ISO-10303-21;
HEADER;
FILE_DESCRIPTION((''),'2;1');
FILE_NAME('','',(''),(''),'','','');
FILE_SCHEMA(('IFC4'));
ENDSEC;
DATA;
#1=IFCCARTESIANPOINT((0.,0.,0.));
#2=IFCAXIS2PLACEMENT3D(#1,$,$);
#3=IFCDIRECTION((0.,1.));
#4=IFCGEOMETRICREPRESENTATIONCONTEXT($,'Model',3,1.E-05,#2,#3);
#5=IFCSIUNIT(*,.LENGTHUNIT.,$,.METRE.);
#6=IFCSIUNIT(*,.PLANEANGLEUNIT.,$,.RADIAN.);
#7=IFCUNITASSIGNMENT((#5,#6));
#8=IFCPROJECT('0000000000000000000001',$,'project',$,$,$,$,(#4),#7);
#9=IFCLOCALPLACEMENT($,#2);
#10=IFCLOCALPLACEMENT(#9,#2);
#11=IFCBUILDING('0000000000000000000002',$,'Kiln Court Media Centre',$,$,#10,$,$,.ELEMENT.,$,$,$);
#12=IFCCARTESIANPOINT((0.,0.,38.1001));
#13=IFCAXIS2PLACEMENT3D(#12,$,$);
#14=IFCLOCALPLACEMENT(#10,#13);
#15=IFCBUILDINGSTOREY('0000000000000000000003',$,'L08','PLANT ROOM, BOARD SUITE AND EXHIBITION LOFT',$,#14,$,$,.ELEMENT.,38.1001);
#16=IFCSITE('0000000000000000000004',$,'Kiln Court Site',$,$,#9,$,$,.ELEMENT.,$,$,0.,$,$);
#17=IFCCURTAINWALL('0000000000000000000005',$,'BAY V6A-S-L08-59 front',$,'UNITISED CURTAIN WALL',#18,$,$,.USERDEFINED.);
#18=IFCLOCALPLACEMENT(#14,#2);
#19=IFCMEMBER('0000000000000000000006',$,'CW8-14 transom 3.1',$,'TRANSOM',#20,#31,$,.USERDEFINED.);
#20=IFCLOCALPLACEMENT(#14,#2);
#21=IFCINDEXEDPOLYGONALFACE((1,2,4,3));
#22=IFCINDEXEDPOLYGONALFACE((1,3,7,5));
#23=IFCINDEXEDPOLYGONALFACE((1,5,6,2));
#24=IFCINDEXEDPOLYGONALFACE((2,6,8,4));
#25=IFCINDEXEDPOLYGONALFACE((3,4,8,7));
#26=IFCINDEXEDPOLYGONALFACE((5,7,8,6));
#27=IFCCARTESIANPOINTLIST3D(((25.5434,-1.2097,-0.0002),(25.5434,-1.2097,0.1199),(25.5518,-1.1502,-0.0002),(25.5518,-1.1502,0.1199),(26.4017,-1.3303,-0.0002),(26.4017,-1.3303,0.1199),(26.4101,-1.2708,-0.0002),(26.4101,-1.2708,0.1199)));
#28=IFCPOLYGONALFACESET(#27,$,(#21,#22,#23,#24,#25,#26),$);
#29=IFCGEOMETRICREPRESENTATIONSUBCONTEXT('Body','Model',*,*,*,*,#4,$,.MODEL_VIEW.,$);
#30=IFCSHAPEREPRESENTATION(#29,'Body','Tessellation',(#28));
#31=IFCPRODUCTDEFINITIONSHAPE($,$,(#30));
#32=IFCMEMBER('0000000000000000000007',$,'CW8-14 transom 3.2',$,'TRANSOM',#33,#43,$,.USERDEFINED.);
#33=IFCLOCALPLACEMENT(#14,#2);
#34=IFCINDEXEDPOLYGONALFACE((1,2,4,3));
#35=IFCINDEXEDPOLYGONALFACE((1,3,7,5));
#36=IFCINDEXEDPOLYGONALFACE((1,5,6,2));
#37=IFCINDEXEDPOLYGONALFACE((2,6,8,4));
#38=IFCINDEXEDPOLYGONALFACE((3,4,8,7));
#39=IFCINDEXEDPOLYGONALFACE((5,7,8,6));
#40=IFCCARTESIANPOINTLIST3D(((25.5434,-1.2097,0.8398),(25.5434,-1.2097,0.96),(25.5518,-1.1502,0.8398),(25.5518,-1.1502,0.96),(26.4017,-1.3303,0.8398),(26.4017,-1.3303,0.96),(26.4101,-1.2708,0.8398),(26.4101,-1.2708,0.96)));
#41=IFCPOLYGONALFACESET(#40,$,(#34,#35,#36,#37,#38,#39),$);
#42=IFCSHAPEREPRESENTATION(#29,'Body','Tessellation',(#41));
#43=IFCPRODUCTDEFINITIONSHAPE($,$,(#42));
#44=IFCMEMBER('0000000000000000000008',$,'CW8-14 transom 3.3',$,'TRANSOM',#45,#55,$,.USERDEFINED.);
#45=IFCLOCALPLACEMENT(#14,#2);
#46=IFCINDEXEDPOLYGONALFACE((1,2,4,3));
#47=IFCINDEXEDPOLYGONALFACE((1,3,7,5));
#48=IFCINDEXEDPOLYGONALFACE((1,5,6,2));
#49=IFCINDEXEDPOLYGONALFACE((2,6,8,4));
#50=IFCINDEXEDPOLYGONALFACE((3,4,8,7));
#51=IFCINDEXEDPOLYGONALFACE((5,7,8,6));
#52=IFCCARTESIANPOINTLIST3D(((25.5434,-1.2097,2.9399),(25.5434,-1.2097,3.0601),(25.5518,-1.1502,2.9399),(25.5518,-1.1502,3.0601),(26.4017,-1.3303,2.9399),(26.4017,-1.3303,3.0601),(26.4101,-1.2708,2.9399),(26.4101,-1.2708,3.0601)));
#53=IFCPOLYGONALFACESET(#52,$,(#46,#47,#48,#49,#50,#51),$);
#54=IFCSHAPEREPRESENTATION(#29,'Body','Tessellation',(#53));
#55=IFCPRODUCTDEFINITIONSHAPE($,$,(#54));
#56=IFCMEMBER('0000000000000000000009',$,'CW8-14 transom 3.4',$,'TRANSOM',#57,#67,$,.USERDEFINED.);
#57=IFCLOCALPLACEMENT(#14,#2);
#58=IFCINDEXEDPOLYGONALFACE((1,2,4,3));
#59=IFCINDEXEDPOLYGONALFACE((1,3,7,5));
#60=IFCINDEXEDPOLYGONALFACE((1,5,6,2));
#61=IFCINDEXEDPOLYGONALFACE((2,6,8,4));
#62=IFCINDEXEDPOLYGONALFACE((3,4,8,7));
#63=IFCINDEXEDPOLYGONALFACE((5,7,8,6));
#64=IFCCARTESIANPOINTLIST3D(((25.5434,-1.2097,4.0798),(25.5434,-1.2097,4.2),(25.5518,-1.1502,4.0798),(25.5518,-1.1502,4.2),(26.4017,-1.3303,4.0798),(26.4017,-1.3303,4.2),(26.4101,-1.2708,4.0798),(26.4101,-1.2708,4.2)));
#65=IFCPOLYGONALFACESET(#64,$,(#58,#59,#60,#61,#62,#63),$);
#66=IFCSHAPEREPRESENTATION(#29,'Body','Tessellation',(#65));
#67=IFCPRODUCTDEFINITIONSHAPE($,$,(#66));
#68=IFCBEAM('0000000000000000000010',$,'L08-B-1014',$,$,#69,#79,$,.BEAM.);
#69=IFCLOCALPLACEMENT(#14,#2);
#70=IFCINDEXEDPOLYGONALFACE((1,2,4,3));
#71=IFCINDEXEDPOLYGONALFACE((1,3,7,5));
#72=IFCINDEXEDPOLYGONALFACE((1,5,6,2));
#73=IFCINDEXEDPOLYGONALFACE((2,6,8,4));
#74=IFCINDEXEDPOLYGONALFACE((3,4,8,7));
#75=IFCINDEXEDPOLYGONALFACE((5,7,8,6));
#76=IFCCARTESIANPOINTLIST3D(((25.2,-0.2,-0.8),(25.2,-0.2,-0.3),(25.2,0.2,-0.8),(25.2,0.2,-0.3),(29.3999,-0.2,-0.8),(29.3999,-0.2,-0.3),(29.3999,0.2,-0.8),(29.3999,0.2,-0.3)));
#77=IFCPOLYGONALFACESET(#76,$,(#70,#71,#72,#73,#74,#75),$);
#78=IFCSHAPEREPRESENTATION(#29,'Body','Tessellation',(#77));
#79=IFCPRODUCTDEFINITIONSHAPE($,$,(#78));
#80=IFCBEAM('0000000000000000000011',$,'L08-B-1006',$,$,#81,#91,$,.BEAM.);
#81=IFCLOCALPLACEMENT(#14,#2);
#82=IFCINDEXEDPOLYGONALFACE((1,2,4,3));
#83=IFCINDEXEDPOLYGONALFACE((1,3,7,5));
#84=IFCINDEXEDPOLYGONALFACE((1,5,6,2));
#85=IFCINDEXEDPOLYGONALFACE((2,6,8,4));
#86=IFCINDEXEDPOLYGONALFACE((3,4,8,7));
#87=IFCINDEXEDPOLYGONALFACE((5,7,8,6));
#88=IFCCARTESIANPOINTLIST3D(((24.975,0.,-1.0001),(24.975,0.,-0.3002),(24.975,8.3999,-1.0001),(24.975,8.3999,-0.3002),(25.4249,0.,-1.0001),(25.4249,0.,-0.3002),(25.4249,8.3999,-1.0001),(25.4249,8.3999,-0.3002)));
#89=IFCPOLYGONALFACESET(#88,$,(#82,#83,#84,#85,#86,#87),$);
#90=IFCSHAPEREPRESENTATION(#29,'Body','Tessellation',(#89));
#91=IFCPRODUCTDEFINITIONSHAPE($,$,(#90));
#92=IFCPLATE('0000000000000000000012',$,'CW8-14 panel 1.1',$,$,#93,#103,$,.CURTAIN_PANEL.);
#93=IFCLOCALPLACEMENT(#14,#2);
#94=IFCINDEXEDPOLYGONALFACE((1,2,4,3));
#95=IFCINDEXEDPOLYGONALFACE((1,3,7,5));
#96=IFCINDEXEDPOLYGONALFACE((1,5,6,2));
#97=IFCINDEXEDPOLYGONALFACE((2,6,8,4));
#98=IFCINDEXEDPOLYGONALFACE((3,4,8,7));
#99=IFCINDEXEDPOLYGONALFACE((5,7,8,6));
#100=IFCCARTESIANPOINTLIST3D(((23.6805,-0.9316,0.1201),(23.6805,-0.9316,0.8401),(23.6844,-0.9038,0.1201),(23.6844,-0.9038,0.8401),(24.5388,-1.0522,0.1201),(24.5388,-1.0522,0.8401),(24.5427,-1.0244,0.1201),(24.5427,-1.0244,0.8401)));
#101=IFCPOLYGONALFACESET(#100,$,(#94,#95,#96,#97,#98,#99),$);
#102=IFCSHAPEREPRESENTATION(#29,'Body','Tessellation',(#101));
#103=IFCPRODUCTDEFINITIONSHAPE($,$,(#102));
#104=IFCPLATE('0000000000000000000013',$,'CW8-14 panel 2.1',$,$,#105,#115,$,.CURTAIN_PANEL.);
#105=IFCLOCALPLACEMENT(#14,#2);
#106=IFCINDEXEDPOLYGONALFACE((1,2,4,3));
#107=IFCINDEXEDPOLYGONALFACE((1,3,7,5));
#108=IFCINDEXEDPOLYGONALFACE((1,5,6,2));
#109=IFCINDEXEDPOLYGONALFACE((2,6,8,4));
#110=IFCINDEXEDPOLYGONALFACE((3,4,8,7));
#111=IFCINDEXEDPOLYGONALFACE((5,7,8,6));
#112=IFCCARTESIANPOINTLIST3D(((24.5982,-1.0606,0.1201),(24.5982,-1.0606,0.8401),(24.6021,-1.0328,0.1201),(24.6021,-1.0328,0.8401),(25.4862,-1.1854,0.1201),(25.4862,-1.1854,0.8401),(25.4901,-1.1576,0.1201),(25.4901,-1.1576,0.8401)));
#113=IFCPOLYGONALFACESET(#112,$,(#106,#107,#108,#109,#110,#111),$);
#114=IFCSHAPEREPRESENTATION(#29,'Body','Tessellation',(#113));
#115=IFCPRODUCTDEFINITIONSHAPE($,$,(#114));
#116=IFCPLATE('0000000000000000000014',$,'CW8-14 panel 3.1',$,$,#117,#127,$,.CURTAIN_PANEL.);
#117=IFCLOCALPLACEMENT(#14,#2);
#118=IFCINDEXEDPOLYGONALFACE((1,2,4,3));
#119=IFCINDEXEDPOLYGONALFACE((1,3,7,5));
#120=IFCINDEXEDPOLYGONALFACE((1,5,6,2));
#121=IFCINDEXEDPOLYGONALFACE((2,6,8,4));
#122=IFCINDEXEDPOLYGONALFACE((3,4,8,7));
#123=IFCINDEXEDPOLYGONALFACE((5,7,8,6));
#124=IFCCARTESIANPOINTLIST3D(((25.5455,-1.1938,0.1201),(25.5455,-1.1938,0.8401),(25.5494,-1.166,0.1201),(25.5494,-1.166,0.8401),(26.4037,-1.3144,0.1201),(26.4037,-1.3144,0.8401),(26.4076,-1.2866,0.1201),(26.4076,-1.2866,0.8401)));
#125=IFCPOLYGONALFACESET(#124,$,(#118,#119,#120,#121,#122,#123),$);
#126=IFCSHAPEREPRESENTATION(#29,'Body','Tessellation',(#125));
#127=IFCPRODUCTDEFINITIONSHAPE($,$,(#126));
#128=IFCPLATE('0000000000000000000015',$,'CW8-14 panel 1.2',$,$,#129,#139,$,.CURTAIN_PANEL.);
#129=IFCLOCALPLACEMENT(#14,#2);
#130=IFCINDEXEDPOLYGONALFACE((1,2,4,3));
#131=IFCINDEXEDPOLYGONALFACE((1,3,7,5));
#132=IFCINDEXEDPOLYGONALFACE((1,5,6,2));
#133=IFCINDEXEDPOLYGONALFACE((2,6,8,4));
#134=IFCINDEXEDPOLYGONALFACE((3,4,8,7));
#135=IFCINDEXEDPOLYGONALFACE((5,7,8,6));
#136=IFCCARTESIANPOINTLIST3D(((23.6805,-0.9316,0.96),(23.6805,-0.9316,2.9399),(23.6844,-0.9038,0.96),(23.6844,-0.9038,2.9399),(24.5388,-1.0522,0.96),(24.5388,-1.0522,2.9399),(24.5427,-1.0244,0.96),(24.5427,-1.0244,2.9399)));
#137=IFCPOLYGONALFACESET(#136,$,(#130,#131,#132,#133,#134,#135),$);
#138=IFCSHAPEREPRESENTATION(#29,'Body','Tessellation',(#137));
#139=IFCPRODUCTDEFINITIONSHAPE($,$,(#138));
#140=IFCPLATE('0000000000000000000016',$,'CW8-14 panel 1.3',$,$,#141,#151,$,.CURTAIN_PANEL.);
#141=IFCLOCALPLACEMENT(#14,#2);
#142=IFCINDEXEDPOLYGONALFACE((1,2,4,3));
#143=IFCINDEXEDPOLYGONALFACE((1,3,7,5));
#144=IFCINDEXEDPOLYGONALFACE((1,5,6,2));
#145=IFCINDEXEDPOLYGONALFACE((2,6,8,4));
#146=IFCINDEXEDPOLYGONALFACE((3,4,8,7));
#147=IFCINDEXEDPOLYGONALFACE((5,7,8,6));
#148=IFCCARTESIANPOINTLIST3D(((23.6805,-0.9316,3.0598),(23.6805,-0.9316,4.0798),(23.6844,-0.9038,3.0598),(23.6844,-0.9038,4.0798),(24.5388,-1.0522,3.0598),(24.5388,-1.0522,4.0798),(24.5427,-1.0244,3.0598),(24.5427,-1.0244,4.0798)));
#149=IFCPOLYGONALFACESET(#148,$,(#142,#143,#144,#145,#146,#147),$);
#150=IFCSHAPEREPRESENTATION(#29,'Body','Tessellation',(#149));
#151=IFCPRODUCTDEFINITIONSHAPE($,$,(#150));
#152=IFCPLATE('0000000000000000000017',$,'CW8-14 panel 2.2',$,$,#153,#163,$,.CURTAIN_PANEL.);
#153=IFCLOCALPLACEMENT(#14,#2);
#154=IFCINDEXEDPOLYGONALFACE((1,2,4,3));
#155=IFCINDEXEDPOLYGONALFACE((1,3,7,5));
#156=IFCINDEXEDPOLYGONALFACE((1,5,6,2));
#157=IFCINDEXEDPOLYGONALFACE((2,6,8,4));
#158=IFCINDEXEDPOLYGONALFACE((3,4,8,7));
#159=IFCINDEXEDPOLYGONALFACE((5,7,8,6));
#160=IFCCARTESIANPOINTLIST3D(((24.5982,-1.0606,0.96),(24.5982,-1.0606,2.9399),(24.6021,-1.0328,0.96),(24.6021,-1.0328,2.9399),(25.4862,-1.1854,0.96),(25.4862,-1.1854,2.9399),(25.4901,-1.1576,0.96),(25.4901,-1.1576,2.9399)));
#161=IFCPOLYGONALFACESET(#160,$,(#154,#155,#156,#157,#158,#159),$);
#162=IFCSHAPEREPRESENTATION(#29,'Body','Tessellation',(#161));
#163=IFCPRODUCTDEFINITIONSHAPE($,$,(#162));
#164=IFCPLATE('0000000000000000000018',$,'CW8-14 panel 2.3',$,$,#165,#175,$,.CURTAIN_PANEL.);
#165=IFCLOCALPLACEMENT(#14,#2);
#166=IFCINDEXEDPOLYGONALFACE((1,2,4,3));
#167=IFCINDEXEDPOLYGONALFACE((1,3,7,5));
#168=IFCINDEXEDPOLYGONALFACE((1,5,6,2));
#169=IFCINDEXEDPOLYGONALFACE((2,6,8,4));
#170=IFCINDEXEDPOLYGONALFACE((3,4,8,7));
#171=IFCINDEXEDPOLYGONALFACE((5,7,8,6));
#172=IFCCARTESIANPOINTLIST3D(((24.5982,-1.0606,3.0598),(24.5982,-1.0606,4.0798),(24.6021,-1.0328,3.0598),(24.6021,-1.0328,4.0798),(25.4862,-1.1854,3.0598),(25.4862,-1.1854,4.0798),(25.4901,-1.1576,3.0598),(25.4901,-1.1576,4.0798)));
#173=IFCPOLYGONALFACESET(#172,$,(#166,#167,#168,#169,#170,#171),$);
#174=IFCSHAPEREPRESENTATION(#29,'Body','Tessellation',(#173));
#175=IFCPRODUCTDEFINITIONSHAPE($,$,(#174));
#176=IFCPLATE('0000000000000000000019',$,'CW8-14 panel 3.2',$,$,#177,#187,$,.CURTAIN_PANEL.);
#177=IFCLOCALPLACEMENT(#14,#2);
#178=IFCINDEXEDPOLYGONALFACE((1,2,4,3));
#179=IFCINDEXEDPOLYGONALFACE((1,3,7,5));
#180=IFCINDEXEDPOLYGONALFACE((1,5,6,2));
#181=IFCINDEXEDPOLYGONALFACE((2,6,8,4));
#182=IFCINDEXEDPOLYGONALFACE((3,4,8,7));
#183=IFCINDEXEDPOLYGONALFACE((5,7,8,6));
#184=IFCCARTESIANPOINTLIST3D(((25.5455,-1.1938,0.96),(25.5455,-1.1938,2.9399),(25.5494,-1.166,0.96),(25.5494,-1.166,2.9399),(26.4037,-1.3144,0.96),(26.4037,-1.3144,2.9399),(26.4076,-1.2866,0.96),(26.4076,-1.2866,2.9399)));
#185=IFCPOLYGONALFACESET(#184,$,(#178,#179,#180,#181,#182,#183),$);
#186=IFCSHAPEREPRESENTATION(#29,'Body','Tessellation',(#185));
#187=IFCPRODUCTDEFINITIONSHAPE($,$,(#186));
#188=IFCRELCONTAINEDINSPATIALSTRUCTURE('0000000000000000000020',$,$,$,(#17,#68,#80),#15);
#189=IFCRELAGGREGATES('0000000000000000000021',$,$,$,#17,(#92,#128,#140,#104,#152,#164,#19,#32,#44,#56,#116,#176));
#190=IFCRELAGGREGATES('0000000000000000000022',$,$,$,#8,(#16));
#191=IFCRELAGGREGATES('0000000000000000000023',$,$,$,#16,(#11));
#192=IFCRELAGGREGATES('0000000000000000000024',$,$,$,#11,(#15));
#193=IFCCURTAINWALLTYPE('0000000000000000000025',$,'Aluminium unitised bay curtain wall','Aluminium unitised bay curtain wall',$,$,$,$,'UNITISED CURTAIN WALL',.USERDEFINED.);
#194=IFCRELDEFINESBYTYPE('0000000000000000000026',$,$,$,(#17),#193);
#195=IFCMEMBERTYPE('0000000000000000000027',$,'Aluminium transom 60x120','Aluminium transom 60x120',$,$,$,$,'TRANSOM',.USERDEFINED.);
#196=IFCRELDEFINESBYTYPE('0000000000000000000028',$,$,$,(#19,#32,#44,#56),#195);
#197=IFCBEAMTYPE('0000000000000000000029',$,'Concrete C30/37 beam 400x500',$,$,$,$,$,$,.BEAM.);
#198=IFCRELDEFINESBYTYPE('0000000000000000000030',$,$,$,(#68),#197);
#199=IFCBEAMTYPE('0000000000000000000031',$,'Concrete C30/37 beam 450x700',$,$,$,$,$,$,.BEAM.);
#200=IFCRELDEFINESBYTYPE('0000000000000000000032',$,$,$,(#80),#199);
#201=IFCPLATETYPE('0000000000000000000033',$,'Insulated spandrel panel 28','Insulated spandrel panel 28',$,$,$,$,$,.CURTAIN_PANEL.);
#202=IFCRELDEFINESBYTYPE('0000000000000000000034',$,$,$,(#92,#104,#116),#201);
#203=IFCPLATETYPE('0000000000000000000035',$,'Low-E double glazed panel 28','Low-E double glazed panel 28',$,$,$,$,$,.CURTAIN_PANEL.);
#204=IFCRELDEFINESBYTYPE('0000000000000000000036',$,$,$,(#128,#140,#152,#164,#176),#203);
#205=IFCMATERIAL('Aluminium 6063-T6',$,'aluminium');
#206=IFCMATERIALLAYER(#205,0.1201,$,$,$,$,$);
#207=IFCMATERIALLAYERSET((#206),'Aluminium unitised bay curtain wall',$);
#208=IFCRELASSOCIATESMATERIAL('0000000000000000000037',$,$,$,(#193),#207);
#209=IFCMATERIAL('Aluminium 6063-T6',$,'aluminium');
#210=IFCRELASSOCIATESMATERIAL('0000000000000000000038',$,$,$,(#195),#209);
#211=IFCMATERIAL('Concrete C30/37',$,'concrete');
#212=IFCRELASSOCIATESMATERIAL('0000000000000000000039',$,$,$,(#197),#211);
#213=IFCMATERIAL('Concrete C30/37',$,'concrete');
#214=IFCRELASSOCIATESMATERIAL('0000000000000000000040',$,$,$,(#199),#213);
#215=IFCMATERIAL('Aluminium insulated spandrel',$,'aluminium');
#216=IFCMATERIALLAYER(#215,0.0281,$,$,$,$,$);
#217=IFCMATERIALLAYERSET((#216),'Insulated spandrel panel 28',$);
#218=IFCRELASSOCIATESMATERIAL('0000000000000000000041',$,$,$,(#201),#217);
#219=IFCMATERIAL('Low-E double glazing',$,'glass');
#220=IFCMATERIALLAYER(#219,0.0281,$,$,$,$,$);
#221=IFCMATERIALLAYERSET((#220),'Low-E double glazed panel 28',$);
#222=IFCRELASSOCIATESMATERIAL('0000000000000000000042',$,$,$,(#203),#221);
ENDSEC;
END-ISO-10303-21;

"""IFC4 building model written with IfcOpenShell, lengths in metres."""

from ifc_helpers import new_model, si_unit, direction, frame, origin, origin_2d, place, context, subcontext, project, spatial, rectangle, extrude, material, layer, layer_set, material_profile, profile_set, type_object, element, aggregate, save


model = new_model("IFC4")

# Units and contexts
model_context = context("Model", 3, precision=1e-05, world=origin(), true_north=direction((0.0, 1.0)))
body_context = subcontext(model_context, "Body", "Model", "MODEL_VIEW")
ifc_project = project(units=[si_unit("LENGTHUNIT", "METRE"), si_unit("PLANEANGLEUNIT", "RADIAN")], contexts=[model_context])

# Site, building, storey
site_placement = place(None, origin())
site = spatial("IfcSite", under=ifc_project, at=site_placement, Name="Kiln Court Site", CompositionType="ELEMENT", RefElevation=0.0)
building_placement = place(site_placement, origin())
building = spatial("IfcBuilding", under=site, at=building_placement, Name="Kiln Court Media Centre", CompositionType="ELEMENT")
storey_placement = place(building_placement, frame((0.0, 0.0, 38.1001)))
storey = spatial("IfcBuildingStorey", under=building, at=storey_placement, Name="L08", Description="PLANT ROOM, BOARD SUITE AND EXHIBITION LOFT", CompositionType="ELEMENT", Elevation=38.1001)

# Shared definitions
ifc_material_1 = material(Name="Aluminium 6063-T6", Category="aluminium")
ifc_layer_1 = layer(ifc_material_1, 0.1201)
ifc_layer_set_1 = layer_set([ifc_layer_1], Name="Aluminium unitised bay curtain wall")
curtain_wall_type = type_object("IfcCurtainWallType", Name="Aluminium unitised bay curtain wall", Description="Aluminium unitised bay curtain wall", ElementType="UNITISED CURTAIN WALL", PredefinedType="USERDEFINED", material=ifc_layer_set_1)

# Curtain wall, members
curtain_wall_1_placement = place(storey_placement, origin())
curtain_wall_1 = element("IfcCurtainWall", 1, at=curtain_wall_1_placement, inside=storey, type_object=curtain_wall_type, Name="BAY V6A-S-L08-59 front", ObjectType="UNITISED CURTAIN WALL", PredefinedType="USERDEFINED")
ifc_material_2 = material(Name="Aluminium 6063-T6", Category="aluminium")
ifc_material_profile_1 = material_profile(ifc_material_2, rectangle(XDim=0.0601, YDim=0.1201, at=origin_2d()), Name="Aluminium transom 60x120")
ifc_profile_set_1 = profile_set([ifc_material_profile_1], Name="Aluminium 6063-T6")
member_type_1 = type_object("IfcMemberType", Name="Aluminium transom 60x120", Description="Aluminium transom 60x120", ElementType="TRANSOM", PredefinedType="USERDEFINED", material=ifc_profile_set_1)
member_1_placement = place(storey_placement, frame((25.5476, -1.1799, 0.0598), z_axis=(0.990268, -0.139173, 0.0), x_axis=(0.139173, 0.990268, 0.0)))
member_1 = element("IfcMember", 2, at=member_1_placement, type_object=member_type_1, Name="CW8-14 transom 3.1", ObjectType="TRANSOM", PredefinedType="USERDEFINED", context=body_context, shape_type="SweptSolid", body=[
    extrude(rectangle(XDim=0.0601, YDim=0.1201, at=origin_2d()), origin(), (0.0, 0.0, 1.0), 0.8667),
])
member_2_placement = place(storey_placement, frame((25.5476, -1.1799, 0.8999), z_axis=(0.990268, -0.139173, 0.0), x_axis=(0.139173, 0.990268, 0.0)))
member_2 = element("IfcMember", 3, at=member_2_placement, type_object=member_type_1, Name="CW8-14 transom 3.2", ObjectType="TRANSOM", PredefinedType="USERDEFINED", context=body_context, shape_type="SweptSolid", body=[
    extrude(rectangle(XDim=0.0601, YDim=0.1201, at=origin_2d()), origin(), (0.0, 0.0, 1.0), 0.8667),
])
member_3_placement = place(storey_placement, frame((25.5476, -1.1799, 3.0), z_axis=(0.990268, -0.139173, 0.0), x_axis=(0.139173, 0.990268, 0.0)))
member_3 = element("IfcMember", 4, at=member_3_placement, type_object=member_type_1, Name="CW8-14 transom 3.3", ObjectType="TRANSOM", PredefinedType="USERDEFINED", context=body_context, shape_type="SweptSolid", body=[
    extrude(rectangle(XDim=0.0601, YDim=0.1201, at=origin_2d()), origin(), (0.0, 0.0, 1.0), 0.8667),
])
member_4_placement = place(storey_placement, frame((25.5476, -1.1799, 4.1399), z_axis=(0.990268, -0.139173, 0.0), x_axis=(0.139173, 0.990268, 0.0)))
member_4 = element("IfcMember", 5, at=member_4_placement, type_object=member_type_1, Name="CW8-14 transom 3.4", ObjectType="TRANSOM", PredefinedType="USERDEFINED", context=body_context, shape_type="SweptSolid", body=[
    extrude(rectangle(XDim=0.0601, YDim=0.1201, at=origin_2d()), origin(), (0.0, 0.0, 1.0), 0.8667),
])

# Beams
ifc_material_3 = material(Name="Concrete C30/37", Category="concrete")
ifc_material_profile_2 = material_profile(ifc_material_3, rectangle(XDim=0.3999, YDim=0.5, at=origin_2d()), Name="RC 400x500")
ifc_profile_set_2 = profile_set([ifc_material_profile_2], Name="Concrete C30/37")
beam_type_1 = type_object("IfcBeamType", Name="Concrete C30/37 beam 400x500", PredefinedType="BEAM", material=ifc_profile_set_2)
beam_1_placement = place(storey_placement, frame((25.2, 0.0, -0.55), z_axis=(1.0, 0.0, 0.0), x_axis=(0.0, 1.0, 0.0)))
element("IfcBeam", 6, at=beam_1_placement, inside=storey, type_object=beam_type_1, Name="L08-B-1014", PredefinedType="BEAM", context=body_context, shape_type="SweptSolid", body=[
    extrude(rectangle(XDim=0.3999, YDim=0.5, at=origin_2d()), origin(), (0.0, 0.0, 1.0), 4.2),
])
ifc_material_4 = material(Name="Concrete C30/37", Category="concrete")
ifc_material_profile_3 = material_profile(ifc_material_4, rectangle(XDim=0.45, YDim=0.7, at=origin_2d()), Name="RC 450x700")
ifc_profile_set_3 = profile_set([ifc_material_profile_3], Name="Concrete C30/37")
beam_type_2 = type_object("IfcBeamType", Name="Concrete C30/37 beam 450x700", PredefinedType="BEAM", material=ifc_profile_set_3)
beam_2_placement = place(storey_placement, frame((25.2, 0.0, -0.6501), z_axis=(0.0, 1.0, 0.0), x_axis=(-1.0, 0.0, 0.0)))
element("IfcBeam", 7, at=beam_2_placement, inside=storey, type_object=beam_type_2, Name="L08-B-1006", PredefinedType="BEAM", context=body_context, shape_type="SweptSolid", body=[
    extrude(rectangle(XDim=0.45, YDim=0.7, at=origin_2d()), origin(), (0.0, 0.0, 1.0), 8.3999),
])

# Plates
ifc_material_5 = material(Name="Aluminium insulated spandrel", Category="aluminium")
ifc_layer_2 = layer(ifc_material_5, 0.0281)
ifc_layer_set_2 = layer_set([ifc_layer_2], Name="Insulated spandrel panel 28")
plate_type_1 = type_object("IfcPlateType", Name="Insulated spandrel panel 28", Description="Insulated spandrel panel 28", PredefinedType="CURTAIN_PANEL", material=ifc_layer_set_2)
plate_1_placement = place(storey_placement, frame((24.1116, -0.978, 0.1201), z_axis=(0.0, 0.0, 1.0), x_axis=(0.99027, -0.139162, 0.0)))
plate_1 = element("IfcPlate", 8, at=plate_1_placement, type_object=plate_type_1, Name="CW8-14 panel 1.1", PredefinedType="CURTAIN_PANEL", context=body_context, shape_type="SweptSolid", body=[
    extrude(rectangle(XDim=0.8667, YDim=0.0281, at=origin_2d()), origin(), (0.0, 0.0, 1.0), 0.72),
])
plate_2_placement = place(storey_placement, frame((25.0442, -1.1091, 0.1201), z_axis=(0.0, 0.0, 1.0), x_axis=(0.99027, -0.139162, 0.0)))
plate_2 = element("IfcPlate", 9, at=plate_2_placement, type_object=plate_type_1, Name="CW8-14 panel 2.1", PredefinedType="CURTAIN_PANEL", context=body_context, shape_type="SweptSolid", body=[
    extrude(rectangle(XDim=0.8967, YDim=0.0281, at=origin_2d()), origin(), (0.0, 0.0, 1.0), 0.72),
])
plate_3_placement = place(storey_placement, frame((25.9766, -1.2402, 0.1201), z_axis=(0.0, 0.0, 1.0), x_axis=(0.99027, -0.139162, 0.0)))
plate_3 = element("IfcPlate", 10, at=plate_3_placement, type_object=plate_type_1, Name="CW8-14 panel 3.1", PredefinedType="CURTAIN_PANEL", context=body_context, shape_type="SweptSolid", body=[
    extrude(rectangle(XDim=0.8667, YDim=0.0281, at=origin_2d()), origin(), (0.0, 0.0, 1.0), 0.72),
])
ifc_material_6 = material(Name="Low-E double glazing", Category="glass")
ifc_layer_3 = layer(ifc_material_6, 0.0281)
ifc_layer_set_3 = layer_set([ifc_layer_3], Name="Low-E double glazed panel 28")
plate_type_2 = type_object("IfcPlateType", Name="Low-E double glazed panel 28", Description="Low-E double glazed panel 28", PredefinedType="CURTAIN_PANEL", material=ifc_layer_set_3)
plate_4_placement = place(storey_placement, frame((24.1116, -0.978, 0.96), z_axis=(0.0, 0.0, 1.0), x_axis=(0.99027, -0.139162, 0.0)))
plate_4 = element("IfcPlate", 11, at=plate_4_placement, type_object=plate_type_2, Name="CW8-14 panel 1.2", PredefinedType="CURTAIN_PANEL", context=body_context, shape_type="SweptSolid", body=[
    extrude(rectangle(XDim=0.8667, YDim=0.0281, at=origin_2d()), origin(), (0.0, 0.0, 1.0), 1.98),
])
plate_5_placement = place(storey_placement, frame((24.1116, -0.978, 3.0598), z_axis=(0.0, 0.0, 1.0), x_axis=(0.99027, -0.139162, 0.0)))
plate_5 = element("IfcPlate", 12, at=plate_5_placement, type_object=plate_type_2, Name="CW8-14 panel 1.3", PredefinedType="CURTAIN_PANEL", context=body_context, shape_type="SweptSolid", body=[
    extrude(rectangle(XDim=0.8667, YDim=0.0281, at=origin_2d()), origin(), (0.0, 0.0, 1.0), 1.02),
])
plate_6_placement = place(storey_placement, frame((25.0442, -1.1091, 0.96), z_axis=(0.0, 0.0, 1.0), x_axis=(0.99027, -0.139162, 0.0)))
plate_6 = element("IfcPlate", 13, at=plate_6_placement, type_object=plate_type_2, Name="CW8-14 panel 2.2", PredefinedType="CURTAIN_PANEL", context=body_context, shape_type="SweptSolid", body=[
    extrude(rectangle(XDim=0.8967, YDim=0.0281, at=origin_2d()), origin(), (0.0, 0.0, 1.0), 1.98),
])
plate_7_placement = place(storey_placement, frame((25.0442, -1.1091, 3.0598), z_axis=(0.0, 0.0, 1.0), x_axis=(0.99027, -0.139162, 0.0)))
plate_7 = element("IfcPlate", 14, at=plate_7_placement, type_object=plate_type_2, Name="CW8-14 panel 2.3", PredefinedType="CURTAIN_PANEL", context=body_context, shape_type="SweptSolid", body=[
    extrude(rectangle(XDim=0.8967, YDim=0.0281, at=origin_2d()), origin(), (0.0, 0.0, 1.0), 1.02),
])
plate_8_placement = place(storey_placement, frame((25.9766, -1.2402, 0.96), z_axis=(0.0, 0.0, 1.0), x_axis=(0.99027, -0.139162, 0.0)))
plate_8 = element("IfcPlate", 15, at=plate_8_placement, type_object=plate_type_2, Name="CW8-14 panel 3.2", PredefinedType="CURTAIN_PANEL", context=body_context, shape_type="SweptSolid", body=[
    extrude(rectangle(XDim=0.8667, YDim=0.0281, at=origin_2d()), origin(), (0.0, 0.0, 1.0), 1.98),
])
aggregate(curtain_wall_1, [plate_1, plate_4, plate_5, plate_2, plate_6, plate_7, member_1, member_2, member_3, member_4, plate_3, plate_8])

save(model, "model.ifc")
